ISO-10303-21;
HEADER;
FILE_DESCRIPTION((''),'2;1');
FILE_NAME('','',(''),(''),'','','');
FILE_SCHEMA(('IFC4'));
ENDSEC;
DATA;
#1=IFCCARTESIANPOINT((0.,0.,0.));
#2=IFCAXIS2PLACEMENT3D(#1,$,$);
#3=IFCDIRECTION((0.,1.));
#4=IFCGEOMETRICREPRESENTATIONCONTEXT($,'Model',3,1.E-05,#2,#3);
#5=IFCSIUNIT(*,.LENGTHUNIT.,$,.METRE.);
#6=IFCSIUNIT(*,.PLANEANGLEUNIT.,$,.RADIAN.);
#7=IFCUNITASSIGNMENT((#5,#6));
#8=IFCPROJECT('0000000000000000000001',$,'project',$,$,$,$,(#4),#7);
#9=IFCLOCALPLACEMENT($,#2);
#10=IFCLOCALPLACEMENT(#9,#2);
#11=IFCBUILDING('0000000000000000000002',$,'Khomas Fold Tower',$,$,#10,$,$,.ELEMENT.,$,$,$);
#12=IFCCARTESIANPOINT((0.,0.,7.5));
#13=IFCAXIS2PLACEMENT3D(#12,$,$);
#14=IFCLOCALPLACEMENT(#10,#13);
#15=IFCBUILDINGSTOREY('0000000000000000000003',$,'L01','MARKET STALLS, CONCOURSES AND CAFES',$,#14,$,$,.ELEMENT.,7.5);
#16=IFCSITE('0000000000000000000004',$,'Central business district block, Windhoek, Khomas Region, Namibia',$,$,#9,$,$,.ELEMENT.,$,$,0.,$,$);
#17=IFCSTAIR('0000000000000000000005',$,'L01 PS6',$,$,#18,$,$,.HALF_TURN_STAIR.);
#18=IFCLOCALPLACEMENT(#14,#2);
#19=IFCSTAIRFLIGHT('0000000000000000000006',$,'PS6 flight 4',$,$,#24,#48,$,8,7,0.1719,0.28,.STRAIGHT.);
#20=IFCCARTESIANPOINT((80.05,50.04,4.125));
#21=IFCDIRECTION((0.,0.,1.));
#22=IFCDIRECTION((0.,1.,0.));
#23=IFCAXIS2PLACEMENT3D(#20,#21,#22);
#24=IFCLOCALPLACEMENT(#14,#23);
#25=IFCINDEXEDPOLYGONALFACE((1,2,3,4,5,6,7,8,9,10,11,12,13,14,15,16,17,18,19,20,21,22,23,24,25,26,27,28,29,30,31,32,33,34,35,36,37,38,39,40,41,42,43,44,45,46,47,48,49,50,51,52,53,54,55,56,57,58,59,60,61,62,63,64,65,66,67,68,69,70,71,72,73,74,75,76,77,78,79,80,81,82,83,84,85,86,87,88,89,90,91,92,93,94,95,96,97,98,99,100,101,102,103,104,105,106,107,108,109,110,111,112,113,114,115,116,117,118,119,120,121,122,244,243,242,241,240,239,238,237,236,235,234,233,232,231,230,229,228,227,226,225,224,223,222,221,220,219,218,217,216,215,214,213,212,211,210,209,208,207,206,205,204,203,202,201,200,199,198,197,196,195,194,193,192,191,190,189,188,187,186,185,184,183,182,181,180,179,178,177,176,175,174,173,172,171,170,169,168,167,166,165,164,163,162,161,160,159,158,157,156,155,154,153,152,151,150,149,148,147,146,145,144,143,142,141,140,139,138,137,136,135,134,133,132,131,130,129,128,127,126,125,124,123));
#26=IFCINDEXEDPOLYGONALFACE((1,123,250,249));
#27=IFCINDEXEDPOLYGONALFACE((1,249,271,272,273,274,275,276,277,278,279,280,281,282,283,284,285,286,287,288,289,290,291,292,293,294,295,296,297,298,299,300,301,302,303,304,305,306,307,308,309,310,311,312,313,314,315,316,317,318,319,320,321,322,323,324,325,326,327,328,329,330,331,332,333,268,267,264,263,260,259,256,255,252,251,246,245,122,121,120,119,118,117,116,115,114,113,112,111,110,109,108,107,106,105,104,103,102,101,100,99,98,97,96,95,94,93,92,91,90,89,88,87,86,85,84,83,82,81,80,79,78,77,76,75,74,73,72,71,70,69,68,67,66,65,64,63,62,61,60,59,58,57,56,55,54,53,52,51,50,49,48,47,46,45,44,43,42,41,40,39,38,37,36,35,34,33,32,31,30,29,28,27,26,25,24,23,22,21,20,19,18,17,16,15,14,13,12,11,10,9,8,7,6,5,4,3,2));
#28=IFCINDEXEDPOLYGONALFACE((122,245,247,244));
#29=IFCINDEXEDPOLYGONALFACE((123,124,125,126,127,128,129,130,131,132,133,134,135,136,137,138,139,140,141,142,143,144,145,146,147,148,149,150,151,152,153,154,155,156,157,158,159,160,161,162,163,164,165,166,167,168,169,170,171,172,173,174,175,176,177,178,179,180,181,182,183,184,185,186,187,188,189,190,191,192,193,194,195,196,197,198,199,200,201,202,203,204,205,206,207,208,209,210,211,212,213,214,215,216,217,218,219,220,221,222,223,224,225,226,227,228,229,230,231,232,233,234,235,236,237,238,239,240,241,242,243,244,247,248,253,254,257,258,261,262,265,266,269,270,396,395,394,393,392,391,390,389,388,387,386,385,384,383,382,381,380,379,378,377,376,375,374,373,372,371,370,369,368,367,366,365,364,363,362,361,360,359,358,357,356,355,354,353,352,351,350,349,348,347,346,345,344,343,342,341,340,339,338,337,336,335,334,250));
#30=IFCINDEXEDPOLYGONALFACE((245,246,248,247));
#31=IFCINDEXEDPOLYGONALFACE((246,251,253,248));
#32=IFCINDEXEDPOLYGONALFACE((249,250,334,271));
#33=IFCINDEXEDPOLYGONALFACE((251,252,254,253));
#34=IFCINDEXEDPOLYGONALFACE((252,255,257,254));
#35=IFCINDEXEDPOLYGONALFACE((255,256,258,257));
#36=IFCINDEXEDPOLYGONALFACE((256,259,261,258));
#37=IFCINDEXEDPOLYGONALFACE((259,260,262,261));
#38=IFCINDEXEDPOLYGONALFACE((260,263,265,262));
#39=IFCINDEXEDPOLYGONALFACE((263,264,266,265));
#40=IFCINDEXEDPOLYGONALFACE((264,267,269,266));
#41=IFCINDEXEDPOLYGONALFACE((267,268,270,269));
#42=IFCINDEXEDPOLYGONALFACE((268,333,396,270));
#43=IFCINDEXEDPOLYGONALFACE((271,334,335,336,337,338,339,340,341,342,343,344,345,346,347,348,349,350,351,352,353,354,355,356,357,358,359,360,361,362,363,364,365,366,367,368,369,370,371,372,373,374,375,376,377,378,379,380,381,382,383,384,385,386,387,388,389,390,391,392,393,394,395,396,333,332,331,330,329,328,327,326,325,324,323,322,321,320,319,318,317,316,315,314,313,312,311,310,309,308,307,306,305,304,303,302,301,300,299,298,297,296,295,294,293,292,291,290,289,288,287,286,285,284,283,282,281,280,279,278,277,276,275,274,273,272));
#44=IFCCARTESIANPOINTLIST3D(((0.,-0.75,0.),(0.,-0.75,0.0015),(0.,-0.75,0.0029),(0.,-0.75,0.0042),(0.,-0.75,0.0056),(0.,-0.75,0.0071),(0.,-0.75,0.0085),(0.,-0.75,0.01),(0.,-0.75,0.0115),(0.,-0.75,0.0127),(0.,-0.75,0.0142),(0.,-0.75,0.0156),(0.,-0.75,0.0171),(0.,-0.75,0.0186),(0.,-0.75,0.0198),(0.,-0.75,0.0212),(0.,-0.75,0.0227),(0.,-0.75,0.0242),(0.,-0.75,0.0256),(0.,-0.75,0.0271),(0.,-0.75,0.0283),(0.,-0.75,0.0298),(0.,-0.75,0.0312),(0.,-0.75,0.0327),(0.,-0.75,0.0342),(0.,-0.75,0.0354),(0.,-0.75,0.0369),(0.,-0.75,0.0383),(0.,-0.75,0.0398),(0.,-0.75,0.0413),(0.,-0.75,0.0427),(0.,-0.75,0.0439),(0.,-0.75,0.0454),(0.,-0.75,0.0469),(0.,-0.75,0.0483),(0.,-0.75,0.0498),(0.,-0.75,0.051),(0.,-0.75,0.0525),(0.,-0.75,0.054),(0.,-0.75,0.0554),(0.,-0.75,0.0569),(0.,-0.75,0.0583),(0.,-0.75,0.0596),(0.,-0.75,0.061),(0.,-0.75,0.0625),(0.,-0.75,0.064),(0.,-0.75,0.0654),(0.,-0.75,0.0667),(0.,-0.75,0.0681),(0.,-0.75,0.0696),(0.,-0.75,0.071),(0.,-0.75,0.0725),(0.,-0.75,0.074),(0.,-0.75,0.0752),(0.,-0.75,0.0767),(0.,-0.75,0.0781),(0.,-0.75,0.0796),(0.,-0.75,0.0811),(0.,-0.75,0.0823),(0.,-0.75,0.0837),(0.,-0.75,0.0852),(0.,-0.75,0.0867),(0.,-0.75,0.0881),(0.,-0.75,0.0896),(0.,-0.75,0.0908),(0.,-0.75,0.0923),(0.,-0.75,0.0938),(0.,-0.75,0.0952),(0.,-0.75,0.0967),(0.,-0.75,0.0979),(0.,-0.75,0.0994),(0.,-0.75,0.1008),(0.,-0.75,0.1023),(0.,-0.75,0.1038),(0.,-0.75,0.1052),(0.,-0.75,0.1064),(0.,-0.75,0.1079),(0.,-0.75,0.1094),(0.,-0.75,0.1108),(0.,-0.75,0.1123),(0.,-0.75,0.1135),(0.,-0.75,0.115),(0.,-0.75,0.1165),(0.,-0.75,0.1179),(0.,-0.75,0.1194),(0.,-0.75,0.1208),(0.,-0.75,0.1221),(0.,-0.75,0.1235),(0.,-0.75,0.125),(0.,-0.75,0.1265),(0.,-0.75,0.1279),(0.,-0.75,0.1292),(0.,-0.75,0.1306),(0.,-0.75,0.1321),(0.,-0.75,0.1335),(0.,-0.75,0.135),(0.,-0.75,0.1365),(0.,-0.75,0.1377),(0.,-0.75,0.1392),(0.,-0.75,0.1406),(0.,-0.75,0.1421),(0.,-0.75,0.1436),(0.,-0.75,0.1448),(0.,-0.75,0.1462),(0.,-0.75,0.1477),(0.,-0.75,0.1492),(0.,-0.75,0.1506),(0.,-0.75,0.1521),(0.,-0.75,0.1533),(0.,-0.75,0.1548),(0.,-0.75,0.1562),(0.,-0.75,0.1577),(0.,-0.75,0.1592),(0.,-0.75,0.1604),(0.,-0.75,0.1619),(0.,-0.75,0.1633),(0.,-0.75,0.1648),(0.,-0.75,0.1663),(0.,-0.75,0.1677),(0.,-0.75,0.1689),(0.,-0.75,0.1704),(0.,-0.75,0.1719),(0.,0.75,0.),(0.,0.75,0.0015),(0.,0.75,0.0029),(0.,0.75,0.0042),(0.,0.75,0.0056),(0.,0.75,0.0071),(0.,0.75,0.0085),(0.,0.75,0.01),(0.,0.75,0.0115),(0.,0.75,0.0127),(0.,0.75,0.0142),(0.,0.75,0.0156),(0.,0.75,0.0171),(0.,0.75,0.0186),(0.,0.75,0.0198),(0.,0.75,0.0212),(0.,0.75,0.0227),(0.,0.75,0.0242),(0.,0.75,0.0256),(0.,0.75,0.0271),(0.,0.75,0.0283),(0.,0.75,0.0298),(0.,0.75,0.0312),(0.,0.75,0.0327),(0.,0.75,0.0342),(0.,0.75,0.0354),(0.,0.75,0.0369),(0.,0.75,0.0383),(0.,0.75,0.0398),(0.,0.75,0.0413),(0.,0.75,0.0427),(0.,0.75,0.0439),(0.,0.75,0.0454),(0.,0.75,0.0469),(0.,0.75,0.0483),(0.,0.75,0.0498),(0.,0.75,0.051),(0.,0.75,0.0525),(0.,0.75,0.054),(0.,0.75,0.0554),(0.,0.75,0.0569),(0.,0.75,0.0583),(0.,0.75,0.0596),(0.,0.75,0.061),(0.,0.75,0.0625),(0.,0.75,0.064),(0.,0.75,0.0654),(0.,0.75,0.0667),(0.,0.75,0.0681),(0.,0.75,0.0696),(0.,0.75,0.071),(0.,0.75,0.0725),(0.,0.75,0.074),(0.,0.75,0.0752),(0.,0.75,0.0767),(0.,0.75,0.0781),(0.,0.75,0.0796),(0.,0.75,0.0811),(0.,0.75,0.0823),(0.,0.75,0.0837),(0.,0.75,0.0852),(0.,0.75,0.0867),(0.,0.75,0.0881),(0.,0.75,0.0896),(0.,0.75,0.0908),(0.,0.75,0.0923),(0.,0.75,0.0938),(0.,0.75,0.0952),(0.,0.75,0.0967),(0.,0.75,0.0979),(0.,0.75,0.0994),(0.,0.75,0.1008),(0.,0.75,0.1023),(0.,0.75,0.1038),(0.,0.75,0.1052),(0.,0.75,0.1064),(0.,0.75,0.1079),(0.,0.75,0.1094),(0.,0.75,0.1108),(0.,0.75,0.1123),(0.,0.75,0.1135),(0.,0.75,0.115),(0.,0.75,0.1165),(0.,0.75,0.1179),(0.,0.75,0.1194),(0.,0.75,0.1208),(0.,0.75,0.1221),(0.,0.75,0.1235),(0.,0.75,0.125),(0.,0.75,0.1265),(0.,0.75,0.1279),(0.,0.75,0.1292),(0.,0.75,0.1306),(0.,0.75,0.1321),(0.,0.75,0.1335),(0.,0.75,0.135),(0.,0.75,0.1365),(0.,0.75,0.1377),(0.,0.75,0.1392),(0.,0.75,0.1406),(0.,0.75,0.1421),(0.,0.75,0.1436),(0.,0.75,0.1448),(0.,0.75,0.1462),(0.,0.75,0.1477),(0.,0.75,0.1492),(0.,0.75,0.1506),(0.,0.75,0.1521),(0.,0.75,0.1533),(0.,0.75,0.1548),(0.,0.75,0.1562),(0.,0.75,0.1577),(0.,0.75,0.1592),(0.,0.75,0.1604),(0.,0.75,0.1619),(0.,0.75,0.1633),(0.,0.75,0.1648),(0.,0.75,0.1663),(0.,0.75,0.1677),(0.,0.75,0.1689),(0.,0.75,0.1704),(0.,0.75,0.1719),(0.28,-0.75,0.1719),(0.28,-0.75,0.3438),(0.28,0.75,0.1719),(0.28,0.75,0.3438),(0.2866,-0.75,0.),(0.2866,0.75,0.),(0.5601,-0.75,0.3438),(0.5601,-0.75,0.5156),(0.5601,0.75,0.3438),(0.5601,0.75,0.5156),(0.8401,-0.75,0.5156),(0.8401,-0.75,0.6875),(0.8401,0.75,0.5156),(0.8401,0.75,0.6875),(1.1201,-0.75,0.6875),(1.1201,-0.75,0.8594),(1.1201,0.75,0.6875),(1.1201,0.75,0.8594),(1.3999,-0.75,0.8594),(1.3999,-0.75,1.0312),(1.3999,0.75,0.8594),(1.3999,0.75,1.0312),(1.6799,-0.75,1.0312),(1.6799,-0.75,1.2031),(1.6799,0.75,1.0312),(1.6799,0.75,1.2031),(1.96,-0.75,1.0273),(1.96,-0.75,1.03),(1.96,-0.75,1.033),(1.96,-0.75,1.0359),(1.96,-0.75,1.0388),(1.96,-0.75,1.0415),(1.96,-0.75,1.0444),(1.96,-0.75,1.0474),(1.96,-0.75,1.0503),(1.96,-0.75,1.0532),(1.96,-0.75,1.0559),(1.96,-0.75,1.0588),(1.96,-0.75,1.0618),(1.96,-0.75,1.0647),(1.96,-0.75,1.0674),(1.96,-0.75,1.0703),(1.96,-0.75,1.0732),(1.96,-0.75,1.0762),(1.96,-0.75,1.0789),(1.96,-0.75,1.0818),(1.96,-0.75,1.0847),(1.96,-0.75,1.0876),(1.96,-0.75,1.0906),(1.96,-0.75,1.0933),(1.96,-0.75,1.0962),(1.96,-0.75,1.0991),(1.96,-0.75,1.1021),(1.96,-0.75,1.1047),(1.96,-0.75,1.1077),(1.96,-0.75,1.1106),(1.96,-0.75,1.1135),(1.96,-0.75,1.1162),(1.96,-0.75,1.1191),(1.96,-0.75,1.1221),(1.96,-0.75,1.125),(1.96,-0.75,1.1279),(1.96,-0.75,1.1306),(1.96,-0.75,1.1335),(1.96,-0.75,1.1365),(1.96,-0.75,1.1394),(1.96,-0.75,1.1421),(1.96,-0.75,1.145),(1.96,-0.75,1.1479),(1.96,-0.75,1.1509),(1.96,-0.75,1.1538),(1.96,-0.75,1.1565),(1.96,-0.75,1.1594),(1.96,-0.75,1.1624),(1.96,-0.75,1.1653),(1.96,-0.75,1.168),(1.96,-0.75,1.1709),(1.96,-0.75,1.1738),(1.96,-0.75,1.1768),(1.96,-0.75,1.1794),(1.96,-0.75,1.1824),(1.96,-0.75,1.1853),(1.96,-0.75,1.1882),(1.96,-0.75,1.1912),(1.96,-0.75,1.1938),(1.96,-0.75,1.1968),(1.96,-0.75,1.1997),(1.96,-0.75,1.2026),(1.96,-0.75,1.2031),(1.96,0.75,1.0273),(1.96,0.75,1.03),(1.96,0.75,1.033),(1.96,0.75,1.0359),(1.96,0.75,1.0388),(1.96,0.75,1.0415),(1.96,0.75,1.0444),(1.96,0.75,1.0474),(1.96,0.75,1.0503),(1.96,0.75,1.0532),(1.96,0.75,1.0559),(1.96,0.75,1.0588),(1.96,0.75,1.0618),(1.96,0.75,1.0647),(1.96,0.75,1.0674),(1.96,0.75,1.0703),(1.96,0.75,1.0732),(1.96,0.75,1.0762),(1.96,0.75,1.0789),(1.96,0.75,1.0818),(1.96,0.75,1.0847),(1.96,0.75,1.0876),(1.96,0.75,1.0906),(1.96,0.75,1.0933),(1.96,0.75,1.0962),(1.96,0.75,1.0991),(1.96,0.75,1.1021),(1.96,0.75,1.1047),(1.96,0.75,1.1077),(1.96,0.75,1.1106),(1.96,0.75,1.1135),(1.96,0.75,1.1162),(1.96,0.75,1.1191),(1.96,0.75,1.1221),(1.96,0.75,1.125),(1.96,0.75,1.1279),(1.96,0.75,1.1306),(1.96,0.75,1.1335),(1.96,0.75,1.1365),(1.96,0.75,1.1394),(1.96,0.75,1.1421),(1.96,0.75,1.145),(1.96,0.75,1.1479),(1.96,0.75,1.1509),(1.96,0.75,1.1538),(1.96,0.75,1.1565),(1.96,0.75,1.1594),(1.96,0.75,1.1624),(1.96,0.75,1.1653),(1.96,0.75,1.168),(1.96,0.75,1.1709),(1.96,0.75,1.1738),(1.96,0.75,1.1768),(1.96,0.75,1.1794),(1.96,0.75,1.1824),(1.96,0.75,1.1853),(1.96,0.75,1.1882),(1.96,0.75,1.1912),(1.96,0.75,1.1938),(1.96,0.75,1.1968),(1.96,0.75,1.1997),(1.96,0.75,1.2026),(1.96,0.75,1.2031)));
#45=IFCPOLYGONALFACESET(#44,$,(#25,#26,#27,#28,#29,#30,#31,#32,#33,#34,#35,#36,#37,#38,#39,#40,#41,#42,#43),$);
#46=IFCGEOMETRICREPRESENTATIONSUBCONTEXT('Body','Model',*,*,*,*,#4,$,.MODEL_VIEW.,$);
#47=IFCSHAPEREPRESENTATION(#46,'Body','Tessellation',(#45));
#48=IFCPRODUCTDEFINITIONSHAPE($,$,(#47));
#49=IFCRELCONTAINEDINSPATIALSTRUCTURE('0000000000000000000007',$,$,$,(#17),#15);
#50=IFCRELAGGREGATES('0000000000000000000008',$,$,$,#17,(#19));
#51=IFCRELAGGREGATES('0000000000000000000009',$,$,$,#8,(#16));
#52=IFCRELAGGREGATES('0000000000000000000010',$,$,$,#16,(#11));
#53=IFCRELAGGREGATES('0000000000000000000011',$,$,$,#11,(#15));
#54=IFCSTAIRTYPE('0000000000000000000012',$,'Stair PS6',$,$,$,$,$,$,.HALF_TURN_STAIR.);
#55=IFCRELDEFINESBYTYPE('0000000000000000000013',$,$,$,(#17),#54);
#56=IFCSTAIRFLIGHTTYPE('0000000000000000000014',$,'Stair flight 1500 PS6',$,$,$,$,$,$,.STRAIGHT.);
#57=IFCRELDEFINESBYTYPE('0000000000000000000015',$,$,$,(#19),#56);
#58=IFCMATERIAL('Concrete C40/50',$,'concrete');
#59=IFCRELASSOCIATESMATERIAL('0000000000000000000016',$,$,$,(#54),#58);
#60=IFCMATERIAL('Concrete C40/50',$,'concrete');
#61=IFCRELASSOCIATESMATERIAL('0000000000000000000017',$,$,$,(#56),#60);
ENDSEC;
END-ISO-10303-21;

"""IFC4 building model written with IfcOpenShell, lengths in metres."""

from ifc_helpers import new_model, si_unit, direction, frame, origin, place, context, subcontext, project, spatial, polyline, outline, extrude, source, transform, mapped, material, type_object, element, aggregate, save


model = new_model("IFC4")

# Units and contexts
model_context = context("Model", 3, precision=1e-05, world=origin(), true_north=direction((0.0, 1.0)))
body_context = subcontext(model_context, "Body", "Model", "MODEL_VIEW")
ifc_project = project(units=[si_unit("LENGTHUNIT", "METRE"), si_unit("PLANEANGLEUNIT", "RADIAN")], contexts=[model_context])

# Site, building, storey
site_placement = place(None, origin())
site = spatial("IfcSite", under=ifc_project, at=site_placement, Name="Central business district block, Windhoek, Khomas Region, Namibia", CompositionType="ELEMENT", RefElevation=0.0)
building_placement = place(site_placement, origin())
building = spatial("IfcBuilding", under=site, at=building_placement, Name="Khomas Fold Tower", CompositionType="ELEMENT")
storey_placement = place(building_placement, frame((0.0, 0.0, 7.5)))
storey = spatial("IfcBuildingStorey", under=building, at=storey_placement, Name="L01", Description="MARKET STALLS, CONCOURSES AND CAFES", CompositionType="ELEMENT", Elevation=7.5)

# Stair, stair flight
shared_shape_1 = source(origin(), body_context, "Body", "SweptSolid", [
    extrude(outline(polyline([(0.0, 0.0), (0.0, 0.0015), (0.0, 0.0029), (0.0, 0.0042), (0.0, 0.0056), (0.0, 0.0071), (0.0, 0.0085), (0.0, 0.01), (0.0, 0.0115), (0.0, 0.0127), (0.0, 0.0142), (0.0, 0.0156), (0.0, 0.0171), (0.0, 0.0186), (0.0, 0.0198), (0.0, 0.0212), (0.0, 0.0227), (0.0, 0.0242), (0.0, 0.0256), (0.0, 0.0271), (0.0, 0.0283), (0.0, 0.0298), (0.0, 0.0312), (0.0, 0.0327), (0.0, 0.0342), (0.0, 0.0354), (0.0, 0.0369), (0.0, 0.0383), (0.0, 0.0398), (0.0, 0.0413), (0.0, 0.0427), (0.0, 0.0439), (0.0, 0.0454), (0.0, 0.0469), (0.0, 0.0483), (0.0, 0.0498), (0.0, 0.051), (0.0, 0.0525), (0.0, 0.054), (0.0, 0.0554), (0.0, 0.0569), (0.0, 0.0583), (0.0, 0.0596), (0.0, 0.061), (0.0, 0.0625), (0.0, 0.064), (0.0, 0.0654), (0.0, 0.0667), (0.0, 0.0681), (0.0, 0.0696), (0.0, 0.071), (0.0, 0.0725), (0.0, 0.074), (0.0, 0.0752), (0.0, 0.0767), (0.0, 0.0781), (0.0, 0.0796), (0.0, 0.0811), (0.0, 0.0823), (0.0, 0.0837), (0.0, 0.0852), (0.0, 0.0867), (0.0, 0.0881), (0.0, 0.0896), (0.0, 0.0908), (0.0, 0.0923), (0.0, 0.0938), (0.0, 0.0952), (0.0, 0.0967), (0.0, 0.0979), (0.0, 0.0994), (0.0, 0.1008), (0.0, 0.1023), (0.0, 0.1038), (0.0, 0.1052), (0.0, 0.1064), (0.0, 0.1079), (0.0, 0.1094), (0.0, 0.1108), (0.0, 0.1123), (0.0, 0.1135), (0.0, 0.115), (0.0, 0.1165), (0.0, 0.1179), (0.0, 0.1194), (0.0, 0.1208), (0.0, 0.1221), (0.0, 0.1235), (0.0, 0.125), (0.0, 0.1265), (0.0, 0.1279), (0.0, 0.1292), (0.0, 0.1306), (0.0, 0.1321), (0.0, 0.1335), (0.0, 0.135), (0.0, 0.1365), (0.0, 0.1377), (0.0, 0.1392), (0.0, 0.1406), (0.0, 0.1421), (0.0, 0.1436), (0.0, 0.1448), (0.0, 0.1462), (0.0, 0.1477), (0.0, 0.1492), (0.0, 0.1506), (0.0, 0.1521), (0.0, 0.1533), (0.0, 0.1548), (0.0, 0.1562), (0.0, 0.1577), (0.0, 0.1592), (0.0, 0.1604), (0.0, 0.1619), (0.0, 0.1633), (0.0, 0.1648), (0.0, 0.1663), (0.0, 0.1677), (0.0, 0.1689), (0.0, 0.1704), (0.0, 0.1719), (0.28, 0.1719), (0.28, 0.3438), (0.5601, 0.3438), (0.5601, 0.5156), (0.8401, 0.5156), (0.8401, 0.6875), (1.1201, 0.6875), (1.1201, 0.8594), (1.3999, 0.8594), (1.3999, 1.0312), (1.6799, 1.0312), (1.6799, 1.2031), (1.96, 1.2031), (1.96, 1.375), (1.96, 1.3721), (1.96, 1.3691), (1.96, 1.3665), (1.96, 1.3635), (1.96, 1.3606), (1.96, 1.3577), (1.96, 1.355), (1.96, 1.3521), (1.96, 1.3491), (1.96, 1.3462), (1.96, 1.3435), (1.96, 1.3406), (1.96, 1.3376), (1.96, 1.3347), (1.96, 1.3318), (1.96, 1.3291), (1.96, 1.3262), (1.96, 1.3232), (1.96, 1.3203), (1.96, 1.3176), (1.96, 1.3147), (1.96, 1.3118), (1.96, 1.3088), (1.96, 1.3059), (1.96, 1.3032), (1.96, 1.3003), (1.96, 1.2974), (1.96, 1.2944), (1.96, 1.2917), (1.96, 1.2888), (1.96, 1.2859), (1.96, 1.283), (1.96, 1.2803), (1.96, 1.2773), (1.96, 1.2744), (1.96, 1.2715), (1.96, 1.2686), (1.96, 1.2659), (1.96, 1.2629), (1.96, 1.26), (1.96, 1.2571), (1.96, 1.2544), (1.96, 1.2515), (1.96, 1.2485), (1.96, 1.2456), (1.96, 1.2427), (1.96, 1.24), (1.96, 1.2371), (1.96, 1.2341), (1.96, 1.2312), (1.96, 1.2285), (1.96, 1.2256), (1.96, 1.2227), (1.96, 1.2197), (1.96, 1.217), (1.96, 1.2141), (1.96, 1.2112), (1.96, 1.2083), (1.96, 1.2053), (1.96, 1.2026), (1.96, 1.1997), (1.96, 1.1968), (1.96, 1.1938), (1.96, 1.1912), (1.96, 1.1882), (1.96, 1.1853), (1.96, 1.1824), (1.96, 1.1794), (1.96, 1.1768), (1.96, 1.1738), (1.96, 1.1709), (1.96, 1.168), (1.96, 1.1653), (1.96, 1.1624), (1.96, 1.1594), (1.96, 1.1565), (1.96, 1.1538), (1.96, 1.1509), (1.96, 1.1479), (1.96, 1.145), (1.96, 1.1421), (1.96, 1.1394), (1.96, 1.1365), (1.96, 1.1335), (1.96, 1.1306), (1.96, 1.1279), (1.96, 1.125), (1.96, 1.1221), (1.96, 1.1191), (1.96, 1.1162), (1.96, 1.1135), (1.96, 1.1106), (1.96, 1.1077), (1.96, 1.1047), (1.96, 1.1021), (1.96, 1.0991), (1.96, 1.0962), (1.96, 1.0933), (1.96, 1.0906), (1.96, 1.0876), (1.96, 1.0847), (1.96, 1.0818), (1.96, 1.0789), (1.96, 1.0762), (1.96, 1.0732), (1.96, 1.0703), (1.96, 1.0674), (1.96, 1.0647), (1.96, 1.0618), (1.96, 1.0588), (1.96, 1.0559), (1.96, 1.0532), (1.96, 1.0503), (1.96, 1.0474), (1.96, 1.0444), (1.96, 1.0415), (1.96, 1.0388), (1.96, 1.0359), (1.96, 1.033), (1.96, 1.03), (1.96, 1.0273), (0.2866, 0.0), (0.0, 0.0)])), frame((0.0, 0.75, 0.0), z_axis=(0.0, -1.0, 0.0), x_axis=(1.0, 0.0, 0.0)), (0.0, 0.0, 1.0), 1.5),
])
ifc_material_1 = material(Name="Concrete C40/50", Category="concrete")
stair_type_1 = type_object("IfcStairType", Name="Stair PS6", PredefinedType="HALF_TURN_STAIR", material=ifc_material_1)
stair_1_placement = place(storey_placement, origin())
stair_1 = element("IfcStair", 1, at=stair_1_placement, inside=storey, type_object=stair_type_1, Name="L01 PS6", PredefinedType="HALF_TURN_STAIR")
ifc_material_2 = material(Name="Concrete C40/50", Category="concrete")
stair_flight_type_1 = type_object("IfcStairFlightType", Name="Stair flight 1500 PS6", PredefinedType="STRAIGHT", material=ifc_material_2)
stair_flight_1_placement = place(storey_placement, frame((80.05, 50.04, 4.125), z_axis=(0.0, 0.0, 1.0), x_axis=(0.0, 1.0, 0.0)))
stair_flight_1 = element("IfcStairFlight", 2, at=stair_flight_1_placement, type_object=stair_flight_type_1, Name="PS6 flight 4", NumberOfRisers=8, NumberOfTreads=7, PredefinedType="STRAIGHT", RiserHeight=0.1719, TreadLength=0.28, context=body_context, shape_type="MappedRepresentation", body=[
    mapped(shared_shape_1, transform((0.0, 0.0, 0.0))),
])
aggregate(stair_1, [stair_flight_1])

save(model, "model.ifc")
